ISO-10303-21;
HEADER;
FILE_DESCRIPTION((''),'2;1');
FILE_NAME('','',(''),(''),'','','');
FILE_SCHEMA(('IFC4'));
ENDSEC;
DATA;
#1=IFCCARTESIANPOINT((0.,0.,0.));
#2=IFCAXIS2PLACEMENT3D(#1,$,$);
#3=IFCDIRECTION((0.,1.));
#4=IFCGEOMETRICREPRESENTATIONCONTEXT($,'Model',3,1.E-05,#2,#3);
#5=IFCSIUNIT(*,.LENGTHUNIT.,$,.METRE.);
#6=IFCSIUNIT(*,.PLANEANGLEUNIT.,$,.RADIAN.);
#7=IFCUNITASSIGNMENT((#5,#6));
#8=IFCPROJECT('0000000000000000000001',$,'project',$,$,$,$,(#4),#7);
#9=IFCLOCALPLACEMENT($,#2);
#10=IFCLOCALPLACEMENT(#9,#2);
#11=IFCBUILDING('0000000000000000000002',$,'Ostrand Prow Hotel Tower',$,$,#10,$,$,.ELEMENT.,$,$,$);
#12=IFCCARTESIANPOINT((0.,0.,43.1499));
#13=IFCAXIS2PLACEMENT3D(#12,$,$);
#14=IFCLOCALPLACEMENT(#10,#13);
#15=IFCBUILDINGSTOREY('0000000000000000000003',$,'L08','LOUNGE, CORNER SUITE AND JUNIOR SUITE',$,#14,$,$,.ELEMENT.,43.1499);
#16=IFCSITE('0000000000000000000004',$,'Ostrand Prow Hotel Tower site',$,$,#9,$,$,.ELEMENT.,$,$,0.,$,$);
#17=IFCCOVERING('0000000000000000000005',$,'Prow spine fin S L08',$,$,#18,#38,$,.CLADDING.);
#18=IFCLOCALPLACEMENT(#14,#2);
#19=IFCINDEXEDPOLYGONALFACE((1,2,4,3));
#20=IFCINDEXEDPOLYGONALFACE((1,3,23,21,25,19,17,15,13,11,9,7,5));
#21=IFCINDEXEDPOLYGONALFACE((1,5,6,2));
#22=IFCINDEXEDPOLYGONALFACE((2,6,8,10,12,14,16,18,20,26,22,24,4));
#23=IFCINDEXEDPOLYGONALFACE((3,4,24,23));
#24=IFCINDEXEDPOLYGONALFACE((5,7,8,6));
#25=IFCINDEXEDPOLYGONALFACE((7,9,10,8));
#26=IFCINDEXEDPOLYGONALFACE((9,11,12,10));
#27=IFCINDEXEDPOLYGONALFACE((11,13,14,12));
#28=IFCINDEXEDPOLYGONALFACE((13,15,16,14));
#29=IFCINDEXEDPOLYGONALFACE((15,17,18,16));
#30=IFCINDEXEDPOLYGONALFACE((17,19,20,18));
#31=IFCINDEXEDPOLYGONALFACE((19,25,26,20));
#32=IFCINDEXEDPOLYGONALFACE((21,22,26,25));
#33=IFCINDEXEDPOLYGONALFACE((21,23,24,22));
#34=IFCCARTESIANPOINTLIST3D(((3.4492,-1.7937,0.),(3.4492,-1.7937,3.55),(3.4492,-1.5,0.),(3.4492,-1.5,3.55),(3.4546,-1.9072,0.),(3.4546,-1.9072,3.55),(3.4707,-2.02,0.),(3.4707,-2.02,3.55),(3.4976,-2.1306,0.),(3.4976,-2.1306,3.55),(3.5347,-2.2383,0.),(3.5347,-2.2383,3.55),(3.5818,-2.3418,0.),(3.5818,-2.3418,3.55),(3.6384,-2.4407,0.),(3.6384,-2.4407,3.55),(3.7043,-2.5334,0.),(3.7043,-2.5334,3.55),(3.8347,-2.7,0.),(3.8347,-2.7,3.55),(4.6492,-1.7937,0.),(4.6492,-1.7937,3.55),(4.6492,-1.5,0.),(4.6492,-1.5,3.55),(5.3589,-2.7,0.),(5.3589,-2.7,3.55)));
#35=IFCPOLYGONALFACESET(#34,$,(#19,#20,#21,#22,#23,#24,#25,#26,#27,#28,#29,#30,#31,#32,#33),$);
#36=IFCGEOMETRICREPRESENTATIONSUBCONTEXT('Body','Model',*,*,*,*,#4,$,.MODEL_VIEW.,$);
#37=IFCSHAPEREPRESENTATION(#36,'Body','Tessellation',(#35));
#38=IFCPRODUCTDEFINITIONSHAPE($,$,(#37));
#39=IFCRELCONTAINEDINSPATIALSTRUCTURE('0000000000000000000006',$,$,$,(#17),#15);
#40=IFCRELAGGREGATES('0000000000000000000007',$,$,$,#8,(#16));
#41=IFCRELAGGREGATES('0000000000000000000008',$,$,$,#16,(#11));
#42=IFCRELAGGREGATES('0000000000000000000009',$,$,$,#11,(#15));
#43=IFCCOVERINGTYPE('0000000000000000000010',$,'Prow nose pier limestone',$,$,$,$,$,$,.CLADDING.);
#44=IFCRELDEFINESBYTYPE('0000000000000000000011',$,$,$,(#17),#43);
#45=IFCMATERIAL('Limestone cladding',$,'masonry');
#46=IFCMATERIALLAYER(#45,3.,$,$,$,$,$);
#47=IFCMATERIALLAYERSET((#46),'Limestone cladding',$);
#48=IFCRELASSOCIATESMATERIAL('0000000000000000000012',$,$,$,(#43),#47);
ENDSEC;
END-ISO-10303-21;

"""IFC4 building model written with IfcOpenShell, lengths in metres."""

from ifc_helpers import new_model, si_unit, direction, frame, origin, place, context, subcontext, project, spatial, polyline, outline, extrude, material, layer, layer_set, type_object, element, save


model = new_model("IFC4")

# Units and contexts
model_context = context("Model", 3, precision=1e-05, world=origin(), true_north=direction((0.0, 1.0)))
body_context = subcontext(model_context, "Body", "Model", "MODEL_VIEW")
ifc_project = project(units=[si_unit("LENGTHUNIT", "METRE"), si_unit("PLANEANGLEUNIT", "RADIAN")], contexts=[model_context])

# Site, building, storey
site_placement = place(None, origin())
site = spatial("IfcSite", under=ifc_project, at=site_placement, Name="Ostrand Prow Hotel Tower site", CompositionType="ELEMENT", RefElevation=0.0)
building_placement = place(site_placement, origin())
building = spatial("IfcBuilding", under=site, at=building_placement, Name="Ostrand Prow Hotel Tower", CompositionType="ELEMENT")
storey_placement = place(building_placement, frame((0.0, 0.0, 43.1499)))
storey = spatial("IfcBuildingStorey", under=building, at=storey_placement, Name="L08", Description="LOUNGE, CORNER SUITE AND JUNIOR SUITE", CompositionType="ELEMENT", Elevation=43.1499)

# Covering
ifc_material_1 = material(Name="Limestone cladding", Category="masonry")
ifc_layer_1 = layer(ifc_material_1, 3.0)
ifc_layer_set_1 = layer_set([ifc_layer_1], Name="Limestone cladding")
covering_type_1 = type_object("IfcCoveringType", Name="Prow nose pier limestone", PredefinedType="CLADDING", material=ifc_layer_set_1)
covering_1_placement = place(storey_placement, origin())
element("IfcCovering", 1, at=covering_1_placement, inside=storey, type_object=covering_type_1, Name="Prow spine fin S L08", PredefinedType="CLADDING", context=body_context, shape_type="SweptSolid", body=[
    extrude(outline(polyline([(3.7043, -2.5334), (3.8347, -2.7), (5.3589, -2.7), (4.6492, -1.7937), (4.6492, -1.5), (3.4492, -1.5), (3.4492, -1.7937), (3.4546, -1.9072), (3.4707, -2.02), (3.4976, -2.1306), (3.5347, -2.2383), (3.5818, -2.3418), (3.6384, -2.4407), (3.7043, -2.5334)])), origin(), (0.0, 0.0, 1.0), 3.55),
])

save(model, "model.ifc")
